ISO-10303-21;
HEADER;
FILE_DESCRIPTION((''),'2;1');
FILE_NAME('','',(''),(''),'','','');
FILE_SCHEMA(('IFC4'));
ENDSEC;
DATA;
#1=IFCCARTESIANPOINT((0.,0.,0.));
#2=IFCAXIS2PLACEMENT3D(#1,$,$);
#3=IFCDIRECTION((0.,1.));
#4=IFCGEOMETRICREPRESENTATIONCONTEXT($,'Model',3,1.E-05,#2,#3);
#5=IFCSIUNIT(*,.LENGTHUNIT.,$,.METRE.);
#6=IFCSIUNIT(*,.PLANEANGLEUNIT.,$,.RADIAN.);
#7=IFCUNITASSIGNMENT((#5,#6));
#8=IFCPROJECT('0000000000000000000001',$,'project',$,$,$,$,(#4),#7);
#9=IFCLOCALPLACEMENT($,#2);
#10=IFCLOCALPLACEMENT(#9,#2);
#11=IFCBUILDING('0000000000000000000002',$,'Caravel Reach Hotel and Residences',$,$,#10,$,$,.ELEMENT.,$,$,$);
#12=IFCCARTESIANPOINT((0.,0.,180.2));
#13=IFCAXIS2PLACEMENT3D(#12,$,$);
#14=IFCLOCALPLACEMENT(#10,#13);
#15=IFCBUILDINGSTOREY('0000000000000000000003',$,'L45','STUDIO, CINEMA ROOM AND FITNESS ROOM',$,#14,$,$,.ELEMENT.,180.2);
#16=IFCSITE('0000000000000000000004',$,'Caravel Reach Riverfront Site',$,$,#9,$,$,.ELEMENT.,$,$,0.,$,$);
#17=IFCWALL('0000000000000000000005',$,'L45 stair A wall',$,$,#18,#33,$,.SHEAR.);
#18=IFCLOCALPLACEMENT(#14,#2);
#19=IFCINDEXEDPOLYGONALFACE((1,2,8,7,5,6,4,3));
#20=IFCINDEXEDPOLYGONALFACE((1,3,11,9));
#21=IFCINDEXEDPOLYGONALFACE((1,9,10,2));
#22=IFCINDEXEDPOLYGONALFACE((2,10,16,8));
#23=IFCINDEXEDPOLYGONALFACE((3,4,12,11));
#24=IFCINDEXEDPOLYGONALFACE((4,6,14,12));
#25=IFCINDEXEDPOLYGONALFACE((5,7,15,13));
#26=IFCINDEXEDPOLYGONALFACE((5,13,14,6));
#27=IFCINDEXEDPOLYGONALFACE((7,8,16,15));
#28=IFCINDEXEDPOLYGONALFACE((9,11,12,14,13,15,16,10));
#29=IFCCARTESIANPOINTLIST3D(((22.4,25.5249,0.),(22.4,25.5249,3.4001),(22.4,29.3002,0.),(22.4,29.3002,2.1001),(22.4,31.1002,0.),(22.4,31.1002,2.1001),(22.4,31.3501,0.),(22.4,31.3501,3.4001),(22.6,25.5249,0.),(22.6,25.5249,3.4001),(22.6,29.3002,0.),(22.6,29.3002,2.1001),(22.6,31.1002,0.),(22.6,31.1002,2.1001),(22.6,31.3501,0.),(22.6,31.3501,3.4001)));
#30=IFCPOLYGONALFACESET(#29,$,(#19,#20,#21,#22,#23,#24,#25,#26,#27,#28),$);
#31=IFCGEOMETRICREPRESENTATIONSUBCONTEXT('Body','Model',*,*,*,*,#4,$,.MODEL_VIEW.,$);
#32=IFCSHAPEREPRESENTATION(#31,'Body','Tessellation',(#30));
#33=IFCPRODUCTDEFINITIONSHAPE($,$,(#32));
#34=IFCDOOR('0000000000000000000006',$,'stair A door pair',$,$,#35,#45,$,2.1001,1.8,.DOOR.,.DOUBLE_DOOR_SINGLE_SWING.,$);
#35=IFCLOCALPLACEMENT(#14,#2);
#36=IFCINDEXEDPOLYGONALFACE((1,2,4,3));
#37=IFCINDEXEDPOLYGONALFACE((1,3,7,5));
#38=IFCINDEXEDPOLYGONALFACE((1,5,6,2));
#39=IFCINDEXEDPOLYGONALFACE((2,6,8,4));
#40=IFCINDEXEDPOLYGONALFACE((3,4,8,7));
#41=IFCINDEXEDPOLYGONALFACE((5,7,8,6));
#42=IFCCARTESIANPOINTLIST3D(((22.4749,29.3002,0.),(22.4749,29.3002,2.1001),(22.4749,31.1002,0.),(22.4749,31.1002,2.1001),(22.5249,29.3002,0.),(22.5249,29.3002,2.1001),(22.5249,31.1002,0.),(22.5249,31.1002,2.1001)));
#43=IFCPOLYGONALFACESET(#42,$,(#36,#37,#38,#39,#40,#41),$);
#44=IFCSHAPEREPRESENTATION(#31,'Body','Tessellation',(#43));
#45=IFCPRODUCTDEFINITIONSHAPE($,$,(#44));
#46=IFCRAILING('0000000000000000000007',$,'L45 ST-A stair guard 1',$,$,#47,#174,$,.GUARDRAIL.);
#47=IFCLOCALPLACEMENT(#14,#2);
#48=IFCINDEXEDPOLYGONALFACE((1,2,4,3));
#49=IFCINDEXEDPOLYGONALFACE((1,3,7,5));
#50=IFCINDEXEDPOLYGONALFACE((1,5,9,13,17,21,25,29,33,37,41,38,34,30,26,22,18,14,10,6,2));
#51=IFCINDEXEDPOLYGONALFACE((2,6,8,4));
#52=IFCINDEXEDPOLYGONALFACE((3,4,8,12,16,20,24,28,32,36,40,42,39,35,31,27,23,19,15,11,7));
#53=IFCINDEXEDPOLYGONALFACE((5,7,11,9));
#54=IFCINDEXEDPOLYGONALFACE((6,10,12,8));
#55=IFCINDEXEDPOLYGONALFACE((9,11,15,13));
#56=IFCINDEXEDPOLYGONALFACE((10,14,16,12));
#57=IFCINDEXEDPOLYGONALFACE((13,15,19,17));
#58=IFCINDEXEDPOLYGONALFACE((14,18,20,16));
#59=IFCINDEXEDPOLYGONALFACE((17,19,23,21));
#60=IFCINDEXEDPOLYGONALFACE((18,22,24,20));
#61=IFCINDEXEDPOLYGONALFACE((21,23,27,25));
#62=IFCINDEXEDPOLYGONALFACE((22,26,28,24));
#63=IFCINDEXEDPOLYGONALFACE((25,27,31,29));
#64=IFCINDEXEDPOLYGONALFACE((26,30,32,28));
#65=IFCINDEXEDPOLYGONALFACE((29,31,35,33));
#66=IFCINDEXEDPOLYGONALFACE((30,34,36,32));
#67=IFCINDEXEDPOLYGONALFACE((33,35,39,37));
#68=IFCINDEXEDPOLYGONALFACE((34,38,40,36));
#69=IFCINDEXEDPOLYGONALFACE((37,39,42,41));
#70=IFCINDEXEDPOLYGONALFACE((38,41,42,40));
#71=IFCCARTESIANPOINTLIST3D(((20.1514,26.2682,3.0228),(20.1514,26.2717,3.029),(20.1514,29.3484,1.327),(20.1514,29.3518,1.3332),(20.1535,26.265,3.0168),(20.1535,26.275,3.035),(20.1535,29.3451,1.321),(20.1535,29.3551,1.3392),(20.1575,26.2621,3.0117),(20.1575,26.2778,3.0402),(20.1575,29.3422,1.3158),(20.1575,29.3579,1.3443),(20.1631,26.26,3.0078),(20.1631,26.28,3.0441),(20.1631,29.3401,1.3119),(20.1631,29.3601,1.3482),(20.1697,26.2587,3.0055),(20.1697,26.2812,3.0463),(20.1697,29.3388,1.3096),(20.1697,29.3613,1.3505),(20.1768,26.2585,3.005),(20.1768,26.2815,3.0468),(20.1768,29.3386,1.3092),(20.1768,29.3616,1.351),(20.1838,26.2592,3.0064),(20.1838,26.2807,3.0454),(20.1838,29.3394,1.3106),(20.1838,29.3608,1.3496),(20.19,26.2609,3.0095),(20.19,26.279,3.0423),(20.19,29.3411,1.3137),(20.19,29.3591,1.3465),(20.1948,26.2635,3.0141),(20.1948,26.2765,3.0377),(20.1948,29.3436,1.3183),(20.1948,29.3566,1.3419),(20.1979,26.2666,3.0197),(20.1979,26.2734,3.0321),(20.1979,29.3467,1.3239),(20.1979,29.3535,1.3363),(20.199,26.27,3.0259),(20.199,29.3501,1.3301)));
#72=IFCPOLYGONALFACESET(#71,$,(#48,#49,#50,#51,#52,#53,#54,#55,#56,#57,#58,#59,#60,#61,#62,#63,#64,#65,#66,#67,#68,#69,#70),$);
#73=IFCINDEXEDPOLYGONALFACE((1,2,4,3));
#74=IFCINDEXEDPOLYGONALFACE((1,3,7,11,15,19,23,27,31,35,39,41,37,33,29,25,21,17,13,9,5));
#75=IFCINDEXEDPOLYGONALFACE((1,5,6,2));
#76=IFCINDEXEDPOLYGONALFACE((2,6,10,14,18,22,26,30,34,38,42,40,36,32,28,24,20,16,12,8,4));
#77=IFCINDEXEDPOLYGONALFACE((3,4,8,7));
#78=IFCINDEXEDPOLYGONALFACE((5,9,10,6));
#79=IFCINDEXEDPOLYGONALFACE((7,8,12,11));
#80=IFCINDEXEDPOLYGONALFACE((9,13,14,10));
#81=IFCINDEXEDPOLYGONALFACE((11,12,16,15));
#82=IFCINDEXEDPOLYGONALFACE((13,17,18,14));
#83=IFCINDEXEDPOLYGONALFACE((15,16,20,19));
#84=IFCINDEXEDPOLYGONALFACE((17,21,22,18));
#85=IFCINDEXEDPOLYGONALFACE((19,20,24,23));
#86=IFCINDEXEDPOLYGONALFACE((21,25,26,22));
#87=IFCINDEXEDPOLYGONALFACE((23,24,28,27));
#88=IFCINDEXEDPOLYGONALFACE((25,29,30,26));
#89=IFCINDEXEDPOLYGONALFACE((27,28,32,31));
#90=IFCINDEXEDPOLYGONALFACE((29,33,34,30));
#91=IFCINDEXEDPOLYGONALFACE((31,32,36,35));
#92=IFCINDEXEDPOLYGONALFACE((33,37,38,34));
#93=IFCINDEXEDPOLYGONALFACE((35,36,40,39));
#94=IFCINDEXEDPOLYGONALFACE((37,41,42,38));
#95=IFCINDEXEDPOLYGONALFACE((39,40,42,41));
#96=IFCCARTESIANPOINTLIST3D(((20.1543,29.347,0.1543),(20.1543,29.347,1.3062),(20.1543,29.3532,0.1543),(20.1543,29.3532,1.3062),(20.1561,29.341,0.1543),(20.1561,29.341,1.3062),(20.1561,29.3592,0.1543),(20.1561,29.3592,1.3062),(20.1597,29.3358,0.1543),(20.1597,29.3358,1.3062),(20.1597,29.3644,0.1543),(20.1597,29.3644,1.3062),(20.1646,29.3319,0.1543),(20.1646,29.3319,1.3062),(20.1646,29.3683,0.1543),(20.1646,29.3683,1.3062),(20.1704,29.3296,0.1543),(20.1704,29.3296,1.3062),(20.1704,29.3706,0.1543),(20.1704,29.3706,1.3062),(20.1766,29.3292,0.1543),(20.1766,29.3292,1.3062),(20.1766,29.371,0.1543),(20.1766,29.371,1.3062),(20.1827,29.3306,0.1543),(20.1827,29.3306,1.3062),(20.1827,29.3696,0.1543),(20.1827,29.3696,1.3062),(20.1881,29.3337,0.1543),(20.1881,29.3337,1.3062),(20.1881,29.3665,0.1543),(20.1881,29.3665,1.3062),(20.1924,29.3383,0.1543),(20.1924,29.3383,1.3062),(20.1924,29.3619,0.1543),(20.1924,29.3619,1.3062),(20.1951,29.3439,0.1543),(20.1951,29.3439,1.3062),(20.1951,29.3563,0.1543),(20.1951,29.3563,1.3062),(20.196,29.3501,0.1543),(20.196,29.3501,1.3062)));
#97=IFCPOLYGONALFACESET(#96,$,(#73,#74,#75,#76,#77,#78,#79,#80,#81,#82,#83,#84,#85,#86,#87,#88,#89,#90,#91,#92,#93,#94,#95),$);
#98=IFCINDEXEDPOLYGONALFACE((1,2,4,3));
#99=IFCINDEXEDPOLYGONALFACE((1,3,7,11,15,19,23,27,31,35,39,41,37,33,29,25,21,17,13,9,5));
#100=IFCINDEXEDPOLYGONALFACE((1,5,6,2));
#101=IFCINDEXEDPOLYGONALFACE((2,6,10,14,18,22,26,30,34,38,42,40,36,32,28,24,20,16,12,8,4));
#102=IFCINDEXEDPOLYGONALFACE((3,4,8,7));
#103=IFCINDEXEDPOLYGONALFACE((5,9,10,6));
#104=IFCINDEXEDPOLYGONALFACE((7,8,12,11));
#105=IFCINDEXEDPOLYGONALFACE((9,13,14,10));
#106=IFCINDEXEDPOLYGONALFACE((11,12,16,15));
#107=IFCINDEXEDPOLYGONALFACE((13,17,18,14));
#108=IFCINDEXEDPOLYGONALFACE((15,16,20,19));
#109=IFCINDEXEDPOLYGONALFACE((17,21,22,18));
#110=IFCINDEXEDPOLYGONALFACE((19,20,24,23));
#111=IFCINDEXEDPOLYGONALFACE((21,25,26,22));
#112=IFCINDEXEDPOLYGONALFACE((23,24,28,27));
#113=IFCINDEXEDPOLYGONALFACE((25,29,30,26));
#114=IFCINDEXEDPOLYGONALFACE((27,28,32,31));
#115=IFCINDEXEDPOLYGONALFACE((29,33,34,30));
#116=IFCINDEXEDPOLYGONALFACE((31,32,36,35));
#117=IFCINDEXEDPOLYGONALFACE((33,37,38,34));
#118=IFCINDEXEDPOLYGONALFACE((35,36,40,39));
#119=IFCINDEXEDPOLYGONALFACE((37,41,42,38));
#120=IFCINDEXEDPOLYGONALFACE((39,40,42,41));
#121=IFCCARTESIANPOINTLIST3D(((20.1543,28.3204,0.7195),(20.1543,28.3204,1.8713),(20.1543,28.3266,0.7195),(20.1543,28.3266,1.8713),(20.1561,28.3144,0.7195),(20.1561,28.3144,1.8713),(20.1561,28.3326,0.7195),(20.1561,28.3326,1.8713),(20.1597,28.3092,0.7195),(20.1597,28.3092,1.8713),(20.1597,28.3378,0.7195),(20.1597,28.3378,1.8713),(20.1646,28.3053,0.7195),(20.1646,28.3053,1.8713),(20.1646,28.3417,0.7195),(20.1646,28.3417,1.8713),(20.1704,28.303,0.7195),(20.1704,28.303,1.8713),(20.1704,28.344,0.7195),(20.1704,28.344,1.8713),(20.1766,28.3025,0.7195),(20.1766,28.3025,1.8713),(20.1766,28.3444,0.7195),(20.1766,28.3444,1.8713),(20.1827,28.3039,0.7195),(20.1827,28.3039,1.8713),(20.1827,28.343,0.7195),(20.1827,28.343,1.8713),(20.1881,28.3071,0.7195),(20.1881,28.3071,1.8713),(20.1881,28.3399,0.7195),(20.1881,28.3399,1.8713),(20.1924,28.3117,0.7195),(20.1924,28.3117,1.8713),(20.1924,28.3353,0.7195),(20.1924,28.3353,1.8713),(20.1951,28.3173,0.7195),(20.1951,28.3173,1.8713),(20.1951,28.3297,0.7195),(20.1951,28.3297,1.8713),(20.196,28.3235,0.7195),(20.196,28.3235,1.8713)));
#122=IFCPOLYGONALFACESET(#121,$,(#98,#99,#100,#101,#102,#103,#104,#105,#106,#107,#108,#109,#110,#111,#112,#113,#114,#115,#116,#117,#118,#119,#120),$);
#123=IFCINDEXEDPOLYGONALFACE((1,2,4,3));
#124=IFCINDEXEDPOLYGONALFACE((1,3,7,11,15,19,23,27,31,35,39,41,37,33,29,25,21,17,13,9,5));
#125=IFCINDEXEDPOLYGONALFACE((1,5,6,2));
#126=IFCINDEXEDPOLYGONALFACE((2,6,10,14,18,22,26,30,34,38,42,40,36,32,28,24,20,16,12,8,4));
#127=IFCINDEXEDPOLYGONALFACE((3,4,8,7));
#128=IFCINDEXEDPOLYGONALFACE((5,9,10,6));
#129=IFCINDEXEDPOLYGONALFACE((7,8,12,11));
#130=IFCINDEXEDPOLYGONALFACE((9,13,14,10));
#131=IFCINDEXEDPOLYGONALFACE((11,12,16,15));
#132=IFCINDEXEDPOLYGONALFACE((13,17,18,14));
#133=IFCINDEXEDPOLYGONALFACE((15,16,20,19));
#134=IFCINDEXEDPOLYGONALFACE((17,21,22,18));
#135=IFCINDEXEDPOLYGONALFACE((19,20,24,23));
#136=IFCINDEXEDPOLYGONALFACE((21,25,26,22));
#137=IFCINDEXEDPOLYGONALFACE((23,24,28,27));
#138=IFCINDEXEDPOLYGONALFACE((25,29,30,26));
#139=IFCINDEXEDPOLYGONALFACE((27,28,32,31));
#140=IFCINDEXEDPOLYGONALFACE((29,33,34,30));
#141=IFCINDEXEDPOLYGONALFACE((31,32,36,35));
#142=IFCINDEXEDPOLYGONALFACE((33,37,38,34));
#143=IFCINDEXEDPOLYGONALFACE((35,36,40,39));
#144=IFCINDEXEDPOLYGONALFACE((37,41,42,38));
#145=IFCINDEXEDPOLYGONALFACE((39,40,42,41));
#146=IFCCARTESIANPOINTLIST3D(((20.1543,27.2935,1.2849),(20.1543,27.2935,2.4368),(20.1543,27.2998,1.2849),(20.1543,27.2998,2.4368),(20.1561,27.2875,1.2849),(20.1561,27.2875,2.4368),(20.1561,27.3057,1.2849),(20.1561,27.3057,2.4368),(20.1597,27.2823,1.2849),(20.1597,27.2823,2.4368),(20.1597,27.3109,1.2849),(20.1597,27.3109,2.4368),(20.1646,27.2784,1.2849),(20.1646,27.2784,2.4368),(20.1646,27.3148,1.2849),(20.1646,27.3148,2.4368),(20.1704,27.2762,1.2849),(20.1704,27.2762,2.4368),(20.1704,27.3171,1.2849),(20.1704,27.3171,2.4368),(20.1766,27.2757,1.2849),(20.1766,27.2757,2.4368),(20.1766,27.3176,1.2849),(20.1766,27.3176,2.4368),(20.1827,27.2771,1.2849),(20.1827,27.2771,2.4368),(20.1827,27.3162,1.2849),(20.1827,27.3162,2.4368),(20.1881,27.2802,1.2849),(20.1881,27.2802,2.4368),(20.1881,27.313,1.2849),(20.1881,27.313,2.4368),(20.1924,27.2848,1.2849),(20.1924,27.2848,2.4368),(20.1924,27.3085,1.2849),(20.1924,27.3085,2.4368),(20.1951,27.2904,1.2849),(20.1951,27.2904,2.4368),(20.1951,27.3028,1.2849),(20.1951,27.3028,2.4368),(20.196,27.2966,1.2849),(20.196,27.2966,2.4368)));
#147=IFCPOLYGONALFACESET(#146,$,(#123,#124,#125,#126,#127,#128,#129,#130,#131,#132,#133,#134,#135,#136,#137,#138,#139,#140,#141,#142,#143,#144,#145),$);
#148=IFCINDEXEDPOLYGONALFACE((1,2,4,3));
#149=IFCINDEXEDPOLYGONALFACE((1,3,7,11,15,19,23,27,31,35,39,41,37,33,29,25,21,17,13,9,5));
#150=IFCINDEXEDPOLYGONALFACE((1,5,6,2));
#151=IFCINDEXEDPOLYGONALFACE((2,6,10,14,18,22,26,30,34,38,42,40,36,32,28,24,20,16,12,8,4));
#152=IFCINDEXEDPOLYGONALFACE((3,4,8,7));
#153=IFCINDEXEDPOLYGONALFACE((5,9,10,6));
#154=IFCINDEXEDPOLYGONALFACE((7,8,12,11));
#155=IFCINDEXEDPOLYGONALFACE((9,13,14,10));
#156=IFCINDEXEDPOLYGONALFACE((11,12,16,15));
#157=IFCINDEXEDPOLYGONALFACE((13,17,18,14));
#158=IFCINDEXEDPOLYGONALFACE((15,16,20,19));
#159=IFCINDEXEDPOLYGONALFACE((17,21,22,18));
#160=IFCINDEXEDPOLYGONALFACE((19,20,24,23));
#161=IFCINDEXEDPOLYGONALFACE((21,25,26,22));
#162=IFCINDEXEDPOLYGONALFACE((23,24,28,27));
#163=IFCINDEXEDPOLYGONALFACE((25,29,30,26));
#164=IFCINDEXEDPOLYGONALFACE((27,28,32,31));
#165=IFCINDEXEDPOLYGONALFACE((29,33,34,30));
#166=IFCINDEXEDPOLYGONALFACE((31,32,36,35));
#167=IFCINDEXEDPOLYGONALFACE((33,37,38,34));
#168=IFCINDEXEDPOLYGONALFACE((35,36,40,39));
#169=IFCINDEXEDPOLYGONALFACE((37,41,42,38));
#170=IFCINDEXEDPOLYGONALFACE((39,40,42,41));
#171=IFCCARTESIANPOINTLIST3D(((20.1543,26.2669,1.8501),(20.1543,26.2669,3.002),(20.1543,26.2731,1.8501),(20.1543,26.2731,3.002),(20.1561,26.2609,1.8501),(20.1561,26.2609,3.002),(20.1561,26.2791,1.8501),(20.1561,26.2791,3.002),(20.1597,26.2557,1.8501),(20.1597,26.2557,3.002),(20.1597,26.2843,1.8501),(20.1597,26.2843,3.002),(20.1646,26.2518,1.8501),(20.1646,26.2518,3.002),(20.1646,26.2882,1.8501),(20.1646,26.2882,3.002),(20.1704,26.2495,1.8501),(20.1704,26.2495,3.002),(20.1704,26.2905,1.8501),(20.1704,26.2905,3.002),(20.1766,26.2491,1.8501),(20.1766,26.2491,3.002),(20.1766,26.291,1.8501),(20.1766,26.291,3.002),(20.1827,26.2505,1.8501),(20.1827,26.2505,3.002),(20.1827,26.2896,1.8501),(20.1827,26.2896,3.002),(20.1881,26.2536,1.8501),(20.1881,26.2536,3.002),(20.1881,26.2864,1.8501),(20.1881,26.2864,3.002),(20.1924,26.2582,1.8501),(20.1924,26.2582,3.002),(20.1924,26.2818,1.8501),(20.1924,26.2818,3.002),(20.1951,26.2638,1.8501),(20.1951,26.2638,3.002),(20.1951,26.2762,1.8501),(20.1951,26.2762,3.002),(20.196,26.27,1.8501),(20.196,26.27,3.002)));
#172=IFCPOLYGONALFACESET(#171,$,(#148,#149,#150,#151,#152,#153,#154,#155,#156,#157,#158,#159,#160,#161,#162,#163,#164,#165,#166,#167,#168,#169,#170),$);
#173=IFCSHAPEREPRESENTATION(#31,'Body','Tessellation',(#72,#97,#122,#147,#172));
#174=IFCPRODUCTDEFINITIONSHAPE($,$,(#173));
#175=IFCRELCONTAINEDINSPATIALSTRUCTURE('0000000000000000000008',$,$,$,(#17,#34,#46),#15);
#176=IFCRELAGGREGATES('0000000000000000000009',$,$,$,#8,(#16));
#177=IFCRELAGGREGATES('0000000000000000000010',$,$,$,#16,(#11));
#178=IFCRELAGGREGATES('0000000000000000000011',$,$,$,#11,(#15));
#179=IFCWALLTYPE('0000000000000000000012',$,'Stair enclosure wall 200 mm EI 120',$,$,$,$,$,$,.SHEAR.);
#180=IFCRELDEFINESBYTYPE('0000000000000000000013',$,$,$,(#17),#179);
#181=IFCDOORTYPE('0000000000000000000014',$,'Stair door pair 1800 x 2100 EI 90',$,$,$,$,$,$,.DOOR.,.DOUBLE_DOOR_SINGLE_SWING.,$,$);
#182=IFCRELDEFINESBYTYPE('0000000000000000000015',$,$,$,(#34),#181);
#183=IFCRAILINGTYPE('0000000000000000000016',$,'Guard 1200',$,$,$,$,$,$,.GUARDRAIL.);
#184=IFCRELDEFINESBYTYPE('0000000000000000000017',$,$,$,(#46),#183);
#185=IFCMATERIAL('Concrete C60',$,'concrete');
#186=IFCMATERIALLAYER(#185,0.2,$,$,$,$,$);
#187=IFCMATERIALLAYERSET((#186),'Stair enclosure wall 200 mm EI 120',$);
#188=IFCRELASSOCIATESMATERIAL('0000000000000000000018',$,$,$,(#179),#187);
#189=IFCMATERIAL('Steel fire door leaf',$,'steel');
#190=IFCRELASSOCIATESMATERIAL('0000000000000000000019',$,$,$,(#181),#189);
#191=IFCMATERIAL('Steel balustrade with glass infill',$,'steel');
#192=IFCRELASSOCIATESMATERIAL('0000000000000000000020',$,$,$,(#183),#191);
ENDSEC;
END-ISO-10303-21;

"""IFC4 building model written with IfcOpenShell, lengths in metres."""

from ifc_helpers import new_model, si_unit, direction, frame, frame_2d, origin, origin_2d, place, context, subcontext, project, spatial, rectangle, circle, extrude, material, layer, layer_set, type_object, element, fill, save


model = new_model("IFC4")

# Units and contexts
model_context = context("Model", 3, precision=1e-05, world=origin(), true_north=direction((0.0, 1.0)))
body_context = subcontext(model_context, "Body", "Model", "MODEL_VIEW")
ifc_project = project(units=[si_unit("LENGTHUNIT", "METRE"), si_unit("PLANEANGLEUNIT", "RADIAN")], contexts=[model_context])

# Site, building, storey
site_placement = place(None, origin())
site = spatial("IfcSite", under=ifc_project, at=site_placement, Name="Caravel Reach Riverfront Site", CompositionType="ELEMENT", RefElevation=0.0)
building_placement = place(site_placement, origin())
building = spatial("IfcBuilding", under=site, at=building_placement, Name="Caravel Reach Hotel and Residences", CompositionType="ELEMENT")
storey_placement = place(building_placement, frame((0.0, 0.0, 180.2)))
storey = spatial("IfcBuildingStorey", under=building, at=storey_placement, Name="L45", Description="STUDIO, CINEMA ROOM AND FITNESS ROOM", CompositionType="ELEMENT", Elevation=180.2)

# Wall, opening, door
ifc_material_1 = material(Name="Concrete C60", Category="concrete")
ifc_layer_1 = layer(ifc_material_1, 0.2)
ifc_layer_set_1 = layer_set([ifc_layer_1], Name="Stair enclosure wall 200 mm EI 120")
wall_type_1 = type_object("IfcWallType", Name="Stair enclosure wall 200 mm EI 120", PredefinedType="SHEAR", material=ifc_layer_set_1)
wall_1_placement = place(storey_placement, frame((22.5, 31.3501, 0.0), z_axis=(0.0, 0.0, 1.0), x_axis=(0.0, -1.0, 0.0)))
wall_1 = element("IfcWall", 1, at=wall_1_placement, inside=storey, type_object=wall_type_1, Name="L45 stair A wall", PredefinedType="SHEAR", context=body_context, shape_type="SweptSolid", body=[
    extrude(rectangle(XDim=5.8252, YDim=0.2, at=frame_2d((2.9126, 0.0))), origin(), (0.0, 0.0, 1.0), 3.4001),
])
opening_1_placement = place(wall_1_placement, frame((0.25, 0.0, 0.0)))
opening_1 = element("IfcOpeningElement", 2, at=opening_1_placement, cuts=wall_1, PredefinedType="OPENING", context=body_context, shape_type="SweptSolid", body=[
    extrude(rectangle(XDim=1.8, YDim=2.1001, at=frame_2d((0.8999, 1.05))), frame((0.0, 0.1099, 0.0), z_axis=(0.0, -1.0, 0.0), x_axis=(1.0, 0.0, 0.0)), (0.0, 0.0, 1.0), 0.22),
])
ifc_material_2 = material(Name="Steel fire door leaf", Category="steel")
door_type_1 = type_object("IfcDoorType", Name="Stair door pair 1800 x 2100 EI 90", OperationType="DOUBLE_DOOR_SINGLE_SWING", PredefinedType="DOOR", material=ifc_material_2)
door_1_placement = place(opening_1_placement, origin())
door_1 = element("IfcDoor", 3, at=door_1_placement, inside=storey, type_object=door_type_1, Name="stair A door pair", OperationType="DOUBLE_DOOR_SINGLE_SWING", OverallHeight=2.1001, OverallWidth=1.8, PredefinedType="DOOR", context=body_context, shape_type="SweptSolid", body=[
    extrude(rectangle(XDim=1.8, YDim=2.1001, at=frame_2d((0.8999, 1.05))), frame((0.0, 0.0249, 0.0), z_axis=(0.0, -1.0, 0.0), x_axis=(1.0, 0.0, 0.0)), (0.0, 0.0, 1.0), 0.05),
])
fill(opening_1, door_1)

# Railing
ifc_material_3 = material(Name="Steel balustrade with glass infill", Category="steel")
railing_type_1 = type_object("IfcRailingType", Name="Guard 1200", PredefinedType="GUARDRAIL", material=ifc_material_3)
railing_1_placement = place(storey_placement, frame((20.175, 29.3501, 0.1543)))
element("IfcRailing", 4, at=railing_1_placement, inside=storey, type_object=railing_type_1, Name="L45 ST-A stair guard 1", PredefinedType="GUARDRAIL", context=body_context, shape_type="SweptSolid", body=[
    extrude(circle(Radius=0.0239, at=origin_2d()), frame((0.0, 0.0, 1.1758), z_axis=(0.0, -0.876005, 0.482303), x_axis=(1.0, 0.0, 0.0)), (0.0, 0.0, 1.0), 3.5161),
    extrude(circle(Radius=0.021, at=origin_2d()), origin(), (0.0, 0.0, 1.0), 1.1519),
    extrude(circle(Radius=0.021, at=origin_2d()), frame((0.0, -1.0266, 0.5652)), (0.0, 0.0, 1.0), 1.1519),
    extrude(circle(Radius=0.021, at=origin_2d()), frame((0.0, -2.0535, 1.1306)), (0.0, 0.0, 1.0), 1.1519),
    extrude(circle(Radius=0.021, at=origin_2d()), frame((0.0, -3.0801, 1.6958)), (0.0, 0.0, 1.0), 1.1519),
])

save(model, "model.ifc")
